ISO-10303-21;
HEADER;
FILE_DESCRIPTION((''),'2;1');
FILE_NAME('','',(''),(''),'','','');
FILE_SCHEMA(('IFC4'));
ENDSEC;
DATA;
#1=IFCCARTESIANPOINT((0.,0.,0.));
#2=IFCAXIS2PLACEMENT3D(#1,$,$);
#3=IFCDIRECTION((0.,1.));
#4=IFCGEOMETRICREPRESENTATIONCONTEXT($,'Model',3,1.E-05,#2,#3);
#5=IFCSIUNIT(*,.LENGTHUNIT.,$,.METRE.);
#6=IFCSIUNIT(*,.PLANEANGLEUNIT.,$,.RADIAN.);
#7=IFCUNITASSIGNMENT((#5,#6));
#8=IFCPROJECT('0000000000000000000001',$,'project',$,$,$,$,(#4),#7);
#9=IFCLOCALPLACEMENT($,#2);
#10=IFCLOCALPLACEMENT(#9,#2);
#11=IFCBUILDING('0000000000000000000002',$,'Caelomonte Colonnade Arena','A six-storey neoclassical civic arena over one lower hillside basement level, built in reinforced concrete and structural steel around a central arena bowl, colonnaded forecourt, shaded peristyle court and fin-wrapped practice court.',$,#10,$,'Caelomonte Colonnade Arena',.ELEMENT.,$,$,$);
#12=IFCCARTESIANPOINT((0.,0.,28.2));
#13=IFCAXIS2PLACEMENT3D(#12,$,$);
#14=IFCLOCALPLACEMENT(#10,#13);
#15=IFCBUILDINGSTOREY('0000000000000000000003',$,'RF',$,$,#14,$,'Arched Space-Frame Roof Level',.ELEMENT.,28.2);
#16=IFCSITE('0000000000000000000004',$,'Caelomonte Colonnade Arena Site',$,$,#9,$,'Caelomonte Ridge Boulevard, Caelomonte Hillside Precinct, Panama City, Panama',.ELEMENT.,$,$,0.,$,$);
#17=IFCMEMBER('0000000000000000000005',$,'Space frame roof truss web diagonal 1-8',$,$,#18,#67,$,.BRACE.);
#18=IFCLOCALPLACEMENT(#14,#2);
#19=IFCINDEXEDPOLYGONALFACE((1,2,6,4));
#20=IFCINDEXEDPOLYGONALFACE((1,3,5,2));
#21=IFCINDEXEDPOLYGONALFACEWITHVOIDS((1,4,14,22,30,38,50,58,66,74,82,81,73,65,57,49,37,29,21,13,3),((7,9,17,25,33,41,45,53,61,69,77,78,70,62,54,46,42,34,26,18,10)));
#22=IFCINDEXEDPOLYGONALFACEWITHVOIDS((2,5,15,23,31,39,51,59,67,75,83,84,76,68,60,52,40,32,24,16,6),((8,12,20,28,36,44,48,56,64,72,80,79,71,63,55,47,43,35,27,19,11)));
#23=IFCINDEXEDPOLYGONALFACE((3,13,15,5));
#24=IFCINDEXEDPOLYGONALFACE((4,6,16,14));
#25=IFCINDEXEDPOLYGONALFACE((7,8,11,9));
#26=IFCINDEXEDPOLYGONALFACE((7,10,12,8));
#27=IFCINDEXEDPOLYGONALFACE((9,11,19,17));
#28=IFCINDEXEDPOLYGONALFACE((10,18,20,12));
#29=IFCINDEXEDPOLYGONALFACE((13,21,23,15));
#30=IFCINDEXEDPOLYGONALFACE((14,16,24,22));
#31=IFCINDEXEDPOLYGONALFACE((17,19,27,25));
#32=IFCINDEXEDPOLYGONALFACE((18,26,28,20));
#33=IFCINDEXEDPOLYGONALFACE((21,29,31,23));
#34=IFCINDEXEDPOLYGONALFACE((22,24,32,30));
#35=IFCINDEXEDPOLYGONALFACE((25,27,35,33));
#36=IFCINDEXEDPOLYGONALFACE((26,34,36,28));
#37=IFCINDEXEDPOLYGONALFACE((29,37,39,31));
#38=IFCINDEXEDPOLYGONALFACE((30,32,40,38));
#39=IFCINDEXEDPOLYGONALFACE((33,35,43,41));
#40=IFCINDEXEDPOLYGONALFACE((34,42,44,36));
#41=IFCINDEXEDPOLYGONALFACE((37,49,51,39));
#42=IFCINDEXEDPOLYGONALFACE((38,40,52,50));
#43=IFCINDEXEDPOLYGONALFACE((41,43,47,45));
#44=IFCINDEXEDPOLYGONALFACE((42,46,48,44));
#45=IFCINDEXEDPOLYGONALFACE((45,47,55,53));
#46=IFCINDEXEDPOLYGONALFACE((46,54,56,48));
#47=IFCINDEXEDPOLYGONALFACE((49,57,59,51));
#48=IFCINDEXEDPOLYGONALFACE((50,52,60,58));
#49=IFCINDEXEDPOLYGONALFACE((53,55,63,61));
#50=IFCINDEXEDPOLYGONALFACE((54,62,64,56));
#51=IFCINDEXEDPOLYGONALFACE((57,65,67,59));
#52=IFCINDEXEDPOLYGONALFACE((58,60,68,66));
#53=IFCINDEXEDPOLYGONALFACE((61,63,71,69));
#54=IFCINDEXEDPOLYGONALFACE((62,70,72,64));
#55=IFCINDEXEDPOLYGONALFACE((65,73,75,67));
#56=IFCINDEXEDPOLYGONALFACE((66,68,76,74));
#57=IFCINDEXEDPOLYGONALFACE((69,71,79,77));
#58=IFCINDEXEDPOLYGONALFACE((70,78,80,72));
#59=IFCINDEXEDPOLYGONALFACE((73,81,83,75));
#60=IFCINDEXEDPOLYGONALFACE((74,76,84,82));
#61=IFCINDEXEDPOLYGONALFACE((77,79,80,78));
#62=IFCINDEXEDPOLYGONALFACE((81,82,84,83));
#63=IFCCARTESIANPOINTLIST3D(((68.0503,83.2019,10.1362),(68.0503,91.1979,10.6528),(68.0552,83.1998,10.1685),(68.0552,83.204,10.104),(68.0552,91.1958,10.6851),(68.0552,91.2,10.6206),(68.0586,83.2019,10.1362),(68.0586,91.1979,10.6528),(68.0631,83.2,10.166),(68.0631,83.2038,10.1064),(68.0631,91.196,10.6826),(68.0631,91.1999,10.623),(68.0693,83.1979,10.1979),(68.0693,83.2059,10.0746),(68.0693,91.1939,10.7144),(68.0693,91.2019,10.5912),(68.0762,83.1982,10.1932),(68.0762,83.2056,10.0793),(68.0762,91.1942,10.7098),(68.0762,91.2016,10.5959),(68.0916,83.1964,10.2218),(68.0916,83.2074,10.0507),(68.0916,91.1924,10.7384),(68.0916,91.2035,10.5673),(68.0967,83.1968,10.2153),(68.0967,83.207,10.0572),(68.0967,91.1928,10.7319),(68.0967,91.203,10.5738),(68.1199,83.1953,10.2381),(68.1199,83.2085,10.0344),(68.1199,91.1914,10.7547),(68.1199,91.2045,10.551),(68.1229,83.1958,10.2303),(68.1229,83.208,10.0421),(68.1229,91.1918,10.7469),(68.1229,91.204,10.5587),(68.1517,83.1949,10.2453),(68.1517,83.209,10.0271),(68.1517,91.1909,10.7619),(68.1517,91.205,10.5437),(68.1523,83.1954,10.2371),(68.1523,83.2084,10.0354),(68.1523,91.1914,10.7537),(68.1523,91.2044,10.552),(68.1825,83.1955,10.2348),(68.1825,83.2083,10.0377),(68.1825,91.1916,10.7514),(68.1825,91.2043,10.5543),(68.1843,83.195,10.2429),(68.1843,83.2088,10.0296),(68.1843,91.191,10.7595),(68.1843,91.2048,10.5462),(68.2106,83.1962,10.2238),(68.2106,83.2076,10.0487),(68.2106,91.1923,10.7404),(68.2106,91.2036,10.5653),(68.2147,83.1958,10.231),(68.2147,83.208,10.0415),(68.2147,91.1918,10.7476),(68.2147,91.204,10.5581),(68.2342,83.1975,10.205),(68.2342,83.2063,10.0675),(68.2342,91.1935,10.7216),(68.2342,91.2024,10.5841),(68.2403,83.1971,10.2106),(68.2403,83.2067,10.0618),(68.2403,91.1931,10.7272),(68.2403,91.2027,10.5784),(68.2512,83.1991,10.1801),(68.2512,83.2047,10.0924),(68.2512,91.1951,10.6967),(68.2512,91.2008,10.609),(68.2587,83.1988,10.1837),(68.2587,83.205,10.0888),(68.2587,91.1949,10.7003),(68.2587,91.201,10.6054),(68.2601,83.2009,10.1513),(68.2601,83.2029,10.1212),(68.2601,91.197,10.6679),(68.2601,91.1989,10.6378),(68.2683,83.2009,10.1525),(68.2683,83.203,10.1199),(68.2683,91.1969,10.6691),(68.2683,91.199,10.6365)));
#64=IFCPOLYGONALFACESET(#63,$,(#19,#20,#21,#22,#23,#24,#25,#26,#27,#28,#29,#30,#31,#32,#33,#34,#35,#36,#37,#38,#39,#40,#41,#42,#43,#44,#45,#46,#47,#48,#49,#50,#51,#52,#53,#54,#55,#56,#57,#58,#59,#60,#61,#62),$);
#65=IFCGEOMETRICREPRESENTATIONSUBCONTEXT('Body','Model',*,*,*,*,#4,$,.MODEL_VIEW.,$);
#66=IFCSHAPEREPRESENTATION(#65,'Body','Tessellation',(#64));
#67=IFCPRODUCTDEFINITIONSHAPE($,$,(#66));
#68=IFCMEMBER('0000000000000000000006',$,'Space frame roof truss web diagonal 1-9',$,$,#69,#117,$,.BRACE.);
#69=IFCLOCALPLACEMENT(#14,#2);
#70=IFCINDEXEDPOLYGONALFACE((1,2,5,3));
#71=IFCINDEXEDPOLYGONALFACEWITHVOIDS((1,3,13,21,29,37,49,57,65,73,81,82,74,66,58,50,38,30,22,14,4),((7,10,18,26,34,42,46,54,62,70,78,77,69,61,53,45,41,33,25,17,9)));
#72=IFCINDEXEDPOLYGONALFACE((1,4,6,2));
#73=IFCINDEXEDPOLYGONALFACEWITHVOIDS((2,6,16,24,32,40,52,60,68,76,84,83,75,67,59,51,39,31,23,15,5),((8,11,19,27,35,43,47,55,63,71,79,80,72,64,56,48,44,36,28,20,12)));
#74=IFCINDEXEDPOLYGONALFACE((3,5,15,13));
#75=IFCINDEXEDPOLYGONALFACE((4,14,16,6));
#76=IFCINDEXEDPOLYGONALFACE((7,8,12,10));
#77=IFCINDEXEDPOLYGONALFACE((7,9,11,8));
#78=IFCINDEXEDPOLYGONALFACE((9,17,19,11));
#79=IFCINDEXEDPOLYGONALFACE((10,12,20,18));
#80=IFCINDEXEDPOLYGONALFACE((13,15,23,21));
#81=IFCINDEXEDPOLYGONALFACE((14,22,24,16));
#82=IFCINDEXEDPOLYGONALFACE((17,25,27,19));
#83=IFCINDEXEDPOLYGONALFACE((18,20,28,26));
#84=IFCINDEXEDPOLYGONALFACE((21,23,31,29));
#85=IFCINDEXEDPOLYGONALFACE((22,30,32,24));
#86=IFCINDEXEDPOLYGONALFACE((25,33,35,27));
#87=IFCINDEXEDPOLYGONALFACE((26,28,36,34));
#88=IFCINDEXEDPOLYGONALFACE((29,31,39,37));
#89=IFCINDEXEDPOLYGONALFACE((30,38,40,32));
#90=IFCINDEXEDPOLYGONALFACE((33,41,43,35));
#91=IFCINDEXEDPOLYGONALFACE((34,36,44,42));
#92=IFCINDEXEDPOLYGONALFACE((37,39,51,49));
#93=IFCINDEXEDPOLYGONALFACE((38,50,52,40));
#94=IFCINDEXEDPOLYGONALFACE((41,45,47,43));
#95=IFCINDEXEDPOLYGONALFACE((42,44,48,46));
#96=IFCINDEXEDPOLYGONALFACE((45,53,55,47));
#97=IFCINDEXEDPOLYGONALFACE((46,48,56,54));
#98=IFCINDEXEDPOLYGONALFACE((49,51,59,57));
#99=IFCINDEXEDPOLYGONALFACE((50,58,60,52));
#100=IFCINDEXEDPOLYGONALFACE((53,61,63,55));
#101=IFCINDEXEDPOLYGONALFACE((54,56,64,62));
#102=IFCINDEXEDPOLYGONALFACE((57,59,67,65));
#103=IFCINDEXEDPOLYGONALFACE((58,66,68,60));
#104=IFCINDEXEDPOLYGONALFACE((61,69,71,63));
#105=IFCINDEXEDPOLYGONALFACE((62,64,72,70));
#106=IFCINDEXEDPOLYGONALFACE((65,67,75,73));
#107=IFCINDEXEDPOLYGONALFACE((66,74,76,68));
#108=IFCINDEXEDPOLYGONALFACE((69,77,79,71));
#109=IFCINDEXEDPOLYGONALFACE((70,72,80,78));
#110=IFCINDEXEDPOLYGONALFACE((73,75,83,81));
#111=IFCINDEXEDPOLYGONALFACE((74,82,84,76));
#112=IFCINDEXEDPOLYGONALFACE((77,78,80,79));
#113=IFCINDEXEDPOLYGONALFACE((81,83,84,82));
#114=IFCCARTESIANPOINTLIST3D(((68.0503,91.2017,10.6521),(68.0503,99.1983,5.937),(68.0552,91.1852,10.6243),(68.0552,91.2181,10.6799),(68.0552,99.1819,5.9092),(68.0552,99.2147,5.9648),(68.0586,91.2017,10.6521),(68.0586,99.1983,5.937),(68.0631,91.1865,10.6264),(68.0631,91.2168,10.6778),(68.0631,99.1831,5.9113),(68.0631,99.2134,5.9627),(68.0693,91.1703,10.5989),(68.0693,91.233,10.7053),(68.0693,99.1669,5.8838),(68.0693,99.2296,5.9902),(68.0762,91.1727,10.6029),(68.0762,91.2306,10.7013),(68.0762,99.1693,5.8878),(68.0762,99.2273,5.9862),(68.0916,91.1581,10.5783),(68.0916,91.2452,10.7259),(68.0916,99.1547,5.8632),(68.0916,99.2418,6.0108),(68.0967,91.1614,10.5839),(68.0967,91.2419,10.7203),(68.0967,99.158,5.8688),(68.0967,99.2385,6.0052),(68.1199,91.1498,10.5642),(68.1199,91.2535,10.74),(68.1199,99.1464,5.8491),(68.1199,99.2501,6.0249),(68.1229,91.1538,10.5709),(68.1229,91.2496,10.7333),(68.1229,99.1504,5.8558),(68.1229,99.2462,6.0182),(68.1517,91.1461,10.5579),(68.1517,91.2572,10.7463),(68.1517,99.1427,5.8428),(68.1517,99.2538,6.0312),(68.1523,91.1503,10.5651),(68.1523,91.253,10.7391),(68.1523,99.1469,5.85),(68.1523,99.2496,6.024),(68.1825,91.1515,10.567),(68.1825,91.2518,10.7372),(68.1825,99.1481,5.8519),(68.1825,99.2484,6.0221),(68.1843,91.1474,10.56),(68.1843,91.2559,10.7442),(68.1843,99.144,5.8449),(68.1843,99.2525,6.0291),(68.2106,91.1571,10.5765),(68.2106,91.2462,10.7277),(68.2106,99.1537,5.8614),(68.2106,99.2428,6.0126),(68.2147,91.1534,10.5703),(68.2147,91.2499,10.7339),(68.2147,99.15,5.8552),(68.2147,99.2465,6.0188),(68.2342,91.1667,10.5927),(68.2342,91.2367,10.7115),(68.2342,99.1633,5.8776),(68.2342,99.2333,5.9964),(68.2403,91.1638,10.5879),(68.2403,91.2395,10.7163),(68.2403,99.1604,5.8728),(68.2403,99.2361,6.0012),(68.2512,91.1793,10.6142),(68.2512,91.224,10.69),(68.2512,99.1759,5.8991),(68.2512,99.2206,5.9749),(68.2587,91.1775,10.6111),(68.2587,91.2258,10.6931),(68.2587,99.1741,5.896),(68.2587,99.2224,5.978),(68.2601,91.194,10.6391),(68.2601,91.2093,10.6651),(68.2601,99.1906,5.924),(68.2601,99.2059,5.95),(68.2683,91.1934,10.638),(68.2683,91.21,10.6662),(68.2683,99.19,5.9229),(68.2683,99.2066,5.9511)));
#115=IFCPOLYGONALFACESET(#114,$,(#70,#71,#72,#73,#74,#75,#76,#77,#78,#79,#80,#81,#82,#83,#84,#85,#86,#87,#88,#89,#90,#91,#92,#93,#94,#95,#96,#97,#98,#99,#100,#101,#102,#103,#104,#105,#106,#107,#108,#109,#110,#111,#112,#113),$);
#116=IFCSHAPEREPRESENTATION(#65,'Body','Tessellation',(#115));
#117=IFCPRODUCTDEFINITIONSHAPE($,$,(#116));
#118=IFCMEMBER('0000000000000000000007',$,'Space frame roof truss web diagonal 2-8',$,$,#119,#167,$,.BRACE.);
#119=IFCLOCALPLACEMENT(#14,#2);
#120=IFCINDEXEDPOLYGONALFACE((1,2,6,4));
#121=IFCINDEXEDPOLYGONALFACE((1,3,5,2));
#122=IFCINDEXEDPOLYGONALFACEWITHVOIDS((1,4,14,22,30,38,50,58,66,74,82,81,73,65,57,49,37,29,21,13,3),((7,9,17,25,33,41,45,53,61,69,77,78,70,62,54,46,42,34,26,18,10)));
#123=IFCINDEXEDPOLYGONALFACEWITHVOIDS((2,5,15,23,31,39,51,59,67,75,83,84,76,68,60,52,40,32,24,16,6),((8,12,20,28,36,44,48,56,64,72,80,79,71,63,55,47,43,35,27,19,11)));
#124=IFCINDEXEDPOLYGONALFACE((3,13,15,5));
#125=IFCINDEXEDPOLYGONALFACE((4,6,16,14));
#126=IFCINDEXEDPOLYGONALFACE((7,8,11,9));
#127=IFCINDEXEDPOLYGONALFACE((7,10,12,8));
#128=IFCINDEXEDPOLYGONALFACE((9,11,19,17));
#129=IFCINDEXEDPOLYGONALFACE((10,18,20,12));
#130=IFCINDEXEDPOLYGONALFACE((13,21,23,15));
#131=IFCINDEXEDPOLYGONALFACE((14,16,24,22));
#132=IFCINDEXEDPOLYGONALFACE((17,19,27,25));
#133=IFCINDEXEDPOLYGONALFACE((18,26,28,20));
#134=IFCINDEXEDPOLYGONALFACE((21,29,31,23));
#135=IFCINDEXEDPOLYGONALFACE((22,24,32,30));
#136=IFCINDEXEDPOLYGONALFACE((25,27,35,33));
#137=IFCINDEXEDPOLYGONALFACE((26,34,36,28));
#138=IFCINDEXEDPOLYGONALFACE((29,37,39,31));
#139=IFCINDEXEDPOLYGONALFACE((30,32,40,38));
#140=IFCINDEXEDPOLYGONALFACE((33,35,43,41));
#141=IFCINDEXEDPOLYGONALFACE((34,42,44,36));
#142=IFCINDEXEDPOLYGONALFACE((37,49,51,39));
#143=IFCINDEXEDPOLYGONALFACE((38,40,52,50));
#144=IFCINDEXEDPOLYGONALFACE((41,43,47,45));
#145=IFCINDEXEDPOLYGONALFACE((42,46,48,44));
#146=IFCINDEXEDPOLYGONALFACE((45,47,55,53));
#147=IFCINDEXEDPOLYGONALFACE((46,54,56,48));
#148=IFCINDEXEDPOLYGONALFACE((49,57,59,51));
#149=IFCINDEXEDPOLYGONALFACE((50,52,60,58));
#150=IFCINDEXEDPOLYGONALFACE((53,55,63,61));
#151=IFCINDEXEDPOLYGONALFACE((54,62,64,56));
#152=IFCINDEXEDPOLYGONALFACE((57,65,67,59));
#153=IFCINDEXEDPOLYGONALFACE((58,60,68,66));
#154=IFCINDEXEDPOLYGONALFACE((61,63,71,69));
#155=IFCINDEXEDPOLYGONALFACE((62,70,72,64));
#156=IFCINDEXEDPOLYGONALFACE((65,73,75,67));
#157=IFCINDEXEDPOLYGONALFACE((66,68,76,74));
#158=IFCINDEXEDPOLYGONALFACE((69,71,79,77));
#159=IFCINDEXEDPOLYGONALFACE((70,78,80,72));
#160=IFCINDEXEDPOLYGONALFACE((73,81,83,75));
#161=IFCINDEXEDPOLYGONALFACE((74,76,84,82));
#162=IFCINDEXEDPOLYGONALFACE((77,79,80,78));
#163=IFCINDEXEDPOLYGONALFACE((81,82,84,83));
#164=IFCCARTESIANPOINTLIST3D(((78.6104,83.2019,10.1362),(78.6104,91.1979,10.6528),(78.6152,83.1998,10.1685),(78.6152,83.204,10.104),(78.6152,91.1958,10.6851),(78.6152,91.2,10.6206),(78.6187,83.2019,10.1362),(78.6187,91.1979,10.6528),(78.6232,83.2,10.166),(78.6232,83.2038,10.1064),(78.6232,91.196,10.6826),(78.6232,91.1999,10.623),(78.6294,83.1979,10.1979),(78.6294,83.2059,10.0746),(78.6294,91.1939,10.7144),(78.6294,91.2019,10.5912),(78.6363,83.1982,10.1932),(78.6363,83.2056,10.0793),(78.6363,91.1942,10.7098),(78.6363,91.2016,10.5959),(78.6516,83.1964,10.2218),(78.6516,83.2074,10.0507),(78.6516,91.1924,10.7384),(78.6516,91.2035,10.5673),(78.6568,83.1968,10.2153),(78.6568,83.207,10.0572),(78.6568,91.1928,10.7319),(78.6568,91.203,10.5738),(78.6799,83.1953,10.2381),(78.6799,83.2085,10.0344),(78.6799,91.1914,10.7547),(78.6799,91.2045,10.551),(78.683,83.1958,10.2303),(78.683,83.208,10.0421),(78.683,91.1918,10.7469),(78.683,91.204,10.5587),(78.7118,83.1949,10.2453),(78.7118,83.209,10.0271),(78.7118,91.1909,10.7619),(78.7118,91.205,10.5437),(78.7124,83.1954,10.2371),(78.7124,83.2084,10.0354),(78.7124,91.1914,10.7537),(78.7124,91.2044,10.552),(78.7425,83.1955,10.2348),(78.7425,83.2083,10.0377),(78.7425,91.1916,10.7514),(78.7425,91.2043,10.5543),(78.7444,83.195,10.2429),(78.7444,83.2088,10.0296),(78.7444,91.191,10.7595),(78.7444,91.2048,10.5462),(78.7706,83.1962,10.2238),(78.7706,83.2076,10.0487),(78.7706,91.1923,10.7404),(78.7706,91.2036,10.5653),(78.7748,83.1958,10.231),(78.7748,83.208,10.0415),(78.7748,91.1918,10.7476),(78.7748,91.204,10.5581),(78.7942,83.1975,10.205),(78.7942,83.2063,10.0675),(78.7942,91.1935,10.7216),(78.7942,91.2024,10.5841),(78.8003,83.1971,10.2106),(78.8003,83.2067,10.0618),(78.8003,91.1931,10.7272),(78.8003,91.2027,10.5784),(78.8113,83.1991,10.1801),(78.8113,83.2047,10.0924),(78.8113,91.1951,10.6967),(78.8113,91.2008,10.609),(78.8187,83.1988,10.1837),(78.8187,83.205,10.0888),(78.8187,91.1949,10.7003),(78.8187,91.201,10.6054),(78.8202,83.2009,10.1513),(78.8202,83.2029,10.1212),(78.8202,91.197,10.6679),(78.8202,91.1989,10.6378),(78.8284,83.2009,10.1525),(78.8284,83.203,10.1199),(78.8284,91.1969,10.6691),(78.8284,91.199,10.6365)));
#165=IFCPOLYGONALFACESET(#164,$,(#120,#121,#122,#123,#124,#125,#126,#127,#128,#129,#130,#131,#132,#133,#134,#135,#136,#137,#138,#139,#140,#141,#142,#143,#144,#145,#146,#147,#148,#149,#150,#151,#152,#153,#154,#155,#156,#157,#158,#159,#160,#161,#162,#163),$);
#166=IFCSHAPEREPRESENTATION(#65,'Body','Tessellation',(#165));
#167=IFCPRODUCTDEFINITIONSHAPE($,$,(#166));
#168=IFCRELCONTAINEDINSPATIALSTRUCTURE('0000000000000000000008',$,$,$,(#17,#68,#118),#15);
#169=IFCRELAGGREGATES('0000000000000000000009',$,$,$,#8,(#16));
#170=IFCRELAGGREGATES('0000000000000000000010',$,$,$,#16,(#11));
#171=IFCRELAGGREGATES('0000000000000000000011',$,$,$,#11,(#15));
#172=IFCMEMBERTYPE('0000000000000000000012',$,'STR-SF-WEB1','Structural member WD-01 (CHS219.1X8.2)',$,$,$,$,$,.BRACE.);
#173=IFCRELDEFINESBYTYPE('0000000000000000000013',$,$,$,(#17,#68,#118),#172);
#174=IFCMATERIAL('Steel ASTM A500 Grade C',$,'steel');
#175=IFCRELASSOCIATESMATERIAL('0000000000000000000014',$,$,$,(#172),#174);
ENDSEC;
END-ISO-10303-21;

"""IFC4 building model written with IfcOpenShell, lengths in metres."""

from ifc_helpers import new_model, si_unit, direction, frame, origin, origin_2d, place, context, subcontext, project, spatial, hollow_circle, extrude, material, material_profile, profile_set, type_object, element, save


model = new_model("IFC4")

# Units and contexts
model_context = context("Model", 3, precision=1e-05, world=origin(), true_north=direction((0.0, 1.0)))
body_context = subcontext(model_context, "Body", "Model", "MODEL_VIEW")
ifc_project = project(units=[si_unit("LENGTHUNIT", "METRE"), si_unit("PLANEANGLEUNIT", "RADIAN")], contexts=[model_context])

# Site, building, storey
site_placement = place(None, origin())
site = spatial("IfcSite", under=ifc_project, at=site_placement, Name="Caelomonte Colonnade Arena Site", LongName="Caelomonte Ridge Boulevard, Caelomonte Hillside Precinct, Panama City, Panama", CompositionType="ELEMENT", RefElevation=0.0)
building_placement = place(site_placement, origin())
building = spatial("IfcBuilding", under=site, at=building_placement, Name="Caelomonte Colonnade Arena", Description="A six-storey neoclassical civic arena over one lower hillside basement level, built in reinforced concrete and structural steel around a central arena bowl, colonnaded forecourt, shaded peristyle court and fin-wrapped practice court.", LongName="Caelomonte Colonnade Arena", CompositionType="ELEMENT")
storey_placement = place(building_placement, frame((0.0, 0.0, 28.2)))
storey = spatial("IfcBuildingStorey", under=building, at=storey_placement, Name="RF", LongName="Arched Space-Frame Roof Level", CompositionType="ELEMENT", Elevation=28.2)

# Members
ifc_material_1 = material(Name="Steel ASTM A500 Grade C", Category="steel")
ifc_material_profile_1 = material_profile(ifc_material_1, hollow_circle(Radius=0.1096, WallThickness=0.0083, at=origin_2d()), Name="CHS219.1X8.2")
ifc_profile_set_1 = profile_set([ifc_material_profile_1], Name="Steel ASTM A500 Grade C")
member_type_1 = type_object("IfcMemberType", Name="STR-SF-WEB1", Description="Structural member WD-01 (CHS219.1X8.2)", PredefinedType="BRACE", material=ifc_profile_set_1)
member_1_placement = place(storey_placement, frame((68.1599, 83.2019, 10.1362), z_axis=(0.0, 0.997919, 0.064472), x_axis=(-1.0, 0.0, 0.0)))
element("IfcMember", 1, at=member_1_placement, inside=storey, type_object=member_type_1, Name="Space frame roof truss web diagonal 1-8", PredefinedType="BRACE", context=body_context, shape_type="SweptSolid", body=[
    extrude(hollow_circle(Radius=0.1096, WallThickness=0.0083, at=origin_2d()), origin(), (0.0, 0.0, 1.0), 8.0127),
])
member_2_placement = place(storey_placement, frame((68.1599, 91.2017, 10.6521), z_axis=(0.0, 0.861406, -0.507917), x_axis=(-1.0, 0.0, 0.0)))
element("IfcMember", 2, at=member_2_placement, inside=storey, type_object=member_type_1, Name="Space frame roof truss web diagonal 1-9", PredefinedType="BRACE", context=body_context, shape_type="SweptSolid", body=[
    extrude(hollow_circle(Radius=0.1096, WallThickness=0.0083, at=origin_2d()), origin(), (0.0, 0.0, 1.0), 9.2832),
])
member_3_placement = place(storey_placement, frame((78.72, 83.2019, 10.1362), z_axis=(0.0, 0.997919, 0.064472), x_axis=(-1.0, 0.0, 0.0)))
element("IfcMember", 3, at=member_3_placement, inside=storey, type_object=member_type_1, Name="Space frame roof truss web diagonal 2-8", PredefinedType="BRACE", context=body_context, shape_type="SweptSolid", body=[
    extrude(hollow_circle(Radius=0.1096, WallThickness=0.0083, at=origin_2d()), origin(), (0.0, 0.0, 1.0), 8.0127),
])

save(model, "model.ifc")
